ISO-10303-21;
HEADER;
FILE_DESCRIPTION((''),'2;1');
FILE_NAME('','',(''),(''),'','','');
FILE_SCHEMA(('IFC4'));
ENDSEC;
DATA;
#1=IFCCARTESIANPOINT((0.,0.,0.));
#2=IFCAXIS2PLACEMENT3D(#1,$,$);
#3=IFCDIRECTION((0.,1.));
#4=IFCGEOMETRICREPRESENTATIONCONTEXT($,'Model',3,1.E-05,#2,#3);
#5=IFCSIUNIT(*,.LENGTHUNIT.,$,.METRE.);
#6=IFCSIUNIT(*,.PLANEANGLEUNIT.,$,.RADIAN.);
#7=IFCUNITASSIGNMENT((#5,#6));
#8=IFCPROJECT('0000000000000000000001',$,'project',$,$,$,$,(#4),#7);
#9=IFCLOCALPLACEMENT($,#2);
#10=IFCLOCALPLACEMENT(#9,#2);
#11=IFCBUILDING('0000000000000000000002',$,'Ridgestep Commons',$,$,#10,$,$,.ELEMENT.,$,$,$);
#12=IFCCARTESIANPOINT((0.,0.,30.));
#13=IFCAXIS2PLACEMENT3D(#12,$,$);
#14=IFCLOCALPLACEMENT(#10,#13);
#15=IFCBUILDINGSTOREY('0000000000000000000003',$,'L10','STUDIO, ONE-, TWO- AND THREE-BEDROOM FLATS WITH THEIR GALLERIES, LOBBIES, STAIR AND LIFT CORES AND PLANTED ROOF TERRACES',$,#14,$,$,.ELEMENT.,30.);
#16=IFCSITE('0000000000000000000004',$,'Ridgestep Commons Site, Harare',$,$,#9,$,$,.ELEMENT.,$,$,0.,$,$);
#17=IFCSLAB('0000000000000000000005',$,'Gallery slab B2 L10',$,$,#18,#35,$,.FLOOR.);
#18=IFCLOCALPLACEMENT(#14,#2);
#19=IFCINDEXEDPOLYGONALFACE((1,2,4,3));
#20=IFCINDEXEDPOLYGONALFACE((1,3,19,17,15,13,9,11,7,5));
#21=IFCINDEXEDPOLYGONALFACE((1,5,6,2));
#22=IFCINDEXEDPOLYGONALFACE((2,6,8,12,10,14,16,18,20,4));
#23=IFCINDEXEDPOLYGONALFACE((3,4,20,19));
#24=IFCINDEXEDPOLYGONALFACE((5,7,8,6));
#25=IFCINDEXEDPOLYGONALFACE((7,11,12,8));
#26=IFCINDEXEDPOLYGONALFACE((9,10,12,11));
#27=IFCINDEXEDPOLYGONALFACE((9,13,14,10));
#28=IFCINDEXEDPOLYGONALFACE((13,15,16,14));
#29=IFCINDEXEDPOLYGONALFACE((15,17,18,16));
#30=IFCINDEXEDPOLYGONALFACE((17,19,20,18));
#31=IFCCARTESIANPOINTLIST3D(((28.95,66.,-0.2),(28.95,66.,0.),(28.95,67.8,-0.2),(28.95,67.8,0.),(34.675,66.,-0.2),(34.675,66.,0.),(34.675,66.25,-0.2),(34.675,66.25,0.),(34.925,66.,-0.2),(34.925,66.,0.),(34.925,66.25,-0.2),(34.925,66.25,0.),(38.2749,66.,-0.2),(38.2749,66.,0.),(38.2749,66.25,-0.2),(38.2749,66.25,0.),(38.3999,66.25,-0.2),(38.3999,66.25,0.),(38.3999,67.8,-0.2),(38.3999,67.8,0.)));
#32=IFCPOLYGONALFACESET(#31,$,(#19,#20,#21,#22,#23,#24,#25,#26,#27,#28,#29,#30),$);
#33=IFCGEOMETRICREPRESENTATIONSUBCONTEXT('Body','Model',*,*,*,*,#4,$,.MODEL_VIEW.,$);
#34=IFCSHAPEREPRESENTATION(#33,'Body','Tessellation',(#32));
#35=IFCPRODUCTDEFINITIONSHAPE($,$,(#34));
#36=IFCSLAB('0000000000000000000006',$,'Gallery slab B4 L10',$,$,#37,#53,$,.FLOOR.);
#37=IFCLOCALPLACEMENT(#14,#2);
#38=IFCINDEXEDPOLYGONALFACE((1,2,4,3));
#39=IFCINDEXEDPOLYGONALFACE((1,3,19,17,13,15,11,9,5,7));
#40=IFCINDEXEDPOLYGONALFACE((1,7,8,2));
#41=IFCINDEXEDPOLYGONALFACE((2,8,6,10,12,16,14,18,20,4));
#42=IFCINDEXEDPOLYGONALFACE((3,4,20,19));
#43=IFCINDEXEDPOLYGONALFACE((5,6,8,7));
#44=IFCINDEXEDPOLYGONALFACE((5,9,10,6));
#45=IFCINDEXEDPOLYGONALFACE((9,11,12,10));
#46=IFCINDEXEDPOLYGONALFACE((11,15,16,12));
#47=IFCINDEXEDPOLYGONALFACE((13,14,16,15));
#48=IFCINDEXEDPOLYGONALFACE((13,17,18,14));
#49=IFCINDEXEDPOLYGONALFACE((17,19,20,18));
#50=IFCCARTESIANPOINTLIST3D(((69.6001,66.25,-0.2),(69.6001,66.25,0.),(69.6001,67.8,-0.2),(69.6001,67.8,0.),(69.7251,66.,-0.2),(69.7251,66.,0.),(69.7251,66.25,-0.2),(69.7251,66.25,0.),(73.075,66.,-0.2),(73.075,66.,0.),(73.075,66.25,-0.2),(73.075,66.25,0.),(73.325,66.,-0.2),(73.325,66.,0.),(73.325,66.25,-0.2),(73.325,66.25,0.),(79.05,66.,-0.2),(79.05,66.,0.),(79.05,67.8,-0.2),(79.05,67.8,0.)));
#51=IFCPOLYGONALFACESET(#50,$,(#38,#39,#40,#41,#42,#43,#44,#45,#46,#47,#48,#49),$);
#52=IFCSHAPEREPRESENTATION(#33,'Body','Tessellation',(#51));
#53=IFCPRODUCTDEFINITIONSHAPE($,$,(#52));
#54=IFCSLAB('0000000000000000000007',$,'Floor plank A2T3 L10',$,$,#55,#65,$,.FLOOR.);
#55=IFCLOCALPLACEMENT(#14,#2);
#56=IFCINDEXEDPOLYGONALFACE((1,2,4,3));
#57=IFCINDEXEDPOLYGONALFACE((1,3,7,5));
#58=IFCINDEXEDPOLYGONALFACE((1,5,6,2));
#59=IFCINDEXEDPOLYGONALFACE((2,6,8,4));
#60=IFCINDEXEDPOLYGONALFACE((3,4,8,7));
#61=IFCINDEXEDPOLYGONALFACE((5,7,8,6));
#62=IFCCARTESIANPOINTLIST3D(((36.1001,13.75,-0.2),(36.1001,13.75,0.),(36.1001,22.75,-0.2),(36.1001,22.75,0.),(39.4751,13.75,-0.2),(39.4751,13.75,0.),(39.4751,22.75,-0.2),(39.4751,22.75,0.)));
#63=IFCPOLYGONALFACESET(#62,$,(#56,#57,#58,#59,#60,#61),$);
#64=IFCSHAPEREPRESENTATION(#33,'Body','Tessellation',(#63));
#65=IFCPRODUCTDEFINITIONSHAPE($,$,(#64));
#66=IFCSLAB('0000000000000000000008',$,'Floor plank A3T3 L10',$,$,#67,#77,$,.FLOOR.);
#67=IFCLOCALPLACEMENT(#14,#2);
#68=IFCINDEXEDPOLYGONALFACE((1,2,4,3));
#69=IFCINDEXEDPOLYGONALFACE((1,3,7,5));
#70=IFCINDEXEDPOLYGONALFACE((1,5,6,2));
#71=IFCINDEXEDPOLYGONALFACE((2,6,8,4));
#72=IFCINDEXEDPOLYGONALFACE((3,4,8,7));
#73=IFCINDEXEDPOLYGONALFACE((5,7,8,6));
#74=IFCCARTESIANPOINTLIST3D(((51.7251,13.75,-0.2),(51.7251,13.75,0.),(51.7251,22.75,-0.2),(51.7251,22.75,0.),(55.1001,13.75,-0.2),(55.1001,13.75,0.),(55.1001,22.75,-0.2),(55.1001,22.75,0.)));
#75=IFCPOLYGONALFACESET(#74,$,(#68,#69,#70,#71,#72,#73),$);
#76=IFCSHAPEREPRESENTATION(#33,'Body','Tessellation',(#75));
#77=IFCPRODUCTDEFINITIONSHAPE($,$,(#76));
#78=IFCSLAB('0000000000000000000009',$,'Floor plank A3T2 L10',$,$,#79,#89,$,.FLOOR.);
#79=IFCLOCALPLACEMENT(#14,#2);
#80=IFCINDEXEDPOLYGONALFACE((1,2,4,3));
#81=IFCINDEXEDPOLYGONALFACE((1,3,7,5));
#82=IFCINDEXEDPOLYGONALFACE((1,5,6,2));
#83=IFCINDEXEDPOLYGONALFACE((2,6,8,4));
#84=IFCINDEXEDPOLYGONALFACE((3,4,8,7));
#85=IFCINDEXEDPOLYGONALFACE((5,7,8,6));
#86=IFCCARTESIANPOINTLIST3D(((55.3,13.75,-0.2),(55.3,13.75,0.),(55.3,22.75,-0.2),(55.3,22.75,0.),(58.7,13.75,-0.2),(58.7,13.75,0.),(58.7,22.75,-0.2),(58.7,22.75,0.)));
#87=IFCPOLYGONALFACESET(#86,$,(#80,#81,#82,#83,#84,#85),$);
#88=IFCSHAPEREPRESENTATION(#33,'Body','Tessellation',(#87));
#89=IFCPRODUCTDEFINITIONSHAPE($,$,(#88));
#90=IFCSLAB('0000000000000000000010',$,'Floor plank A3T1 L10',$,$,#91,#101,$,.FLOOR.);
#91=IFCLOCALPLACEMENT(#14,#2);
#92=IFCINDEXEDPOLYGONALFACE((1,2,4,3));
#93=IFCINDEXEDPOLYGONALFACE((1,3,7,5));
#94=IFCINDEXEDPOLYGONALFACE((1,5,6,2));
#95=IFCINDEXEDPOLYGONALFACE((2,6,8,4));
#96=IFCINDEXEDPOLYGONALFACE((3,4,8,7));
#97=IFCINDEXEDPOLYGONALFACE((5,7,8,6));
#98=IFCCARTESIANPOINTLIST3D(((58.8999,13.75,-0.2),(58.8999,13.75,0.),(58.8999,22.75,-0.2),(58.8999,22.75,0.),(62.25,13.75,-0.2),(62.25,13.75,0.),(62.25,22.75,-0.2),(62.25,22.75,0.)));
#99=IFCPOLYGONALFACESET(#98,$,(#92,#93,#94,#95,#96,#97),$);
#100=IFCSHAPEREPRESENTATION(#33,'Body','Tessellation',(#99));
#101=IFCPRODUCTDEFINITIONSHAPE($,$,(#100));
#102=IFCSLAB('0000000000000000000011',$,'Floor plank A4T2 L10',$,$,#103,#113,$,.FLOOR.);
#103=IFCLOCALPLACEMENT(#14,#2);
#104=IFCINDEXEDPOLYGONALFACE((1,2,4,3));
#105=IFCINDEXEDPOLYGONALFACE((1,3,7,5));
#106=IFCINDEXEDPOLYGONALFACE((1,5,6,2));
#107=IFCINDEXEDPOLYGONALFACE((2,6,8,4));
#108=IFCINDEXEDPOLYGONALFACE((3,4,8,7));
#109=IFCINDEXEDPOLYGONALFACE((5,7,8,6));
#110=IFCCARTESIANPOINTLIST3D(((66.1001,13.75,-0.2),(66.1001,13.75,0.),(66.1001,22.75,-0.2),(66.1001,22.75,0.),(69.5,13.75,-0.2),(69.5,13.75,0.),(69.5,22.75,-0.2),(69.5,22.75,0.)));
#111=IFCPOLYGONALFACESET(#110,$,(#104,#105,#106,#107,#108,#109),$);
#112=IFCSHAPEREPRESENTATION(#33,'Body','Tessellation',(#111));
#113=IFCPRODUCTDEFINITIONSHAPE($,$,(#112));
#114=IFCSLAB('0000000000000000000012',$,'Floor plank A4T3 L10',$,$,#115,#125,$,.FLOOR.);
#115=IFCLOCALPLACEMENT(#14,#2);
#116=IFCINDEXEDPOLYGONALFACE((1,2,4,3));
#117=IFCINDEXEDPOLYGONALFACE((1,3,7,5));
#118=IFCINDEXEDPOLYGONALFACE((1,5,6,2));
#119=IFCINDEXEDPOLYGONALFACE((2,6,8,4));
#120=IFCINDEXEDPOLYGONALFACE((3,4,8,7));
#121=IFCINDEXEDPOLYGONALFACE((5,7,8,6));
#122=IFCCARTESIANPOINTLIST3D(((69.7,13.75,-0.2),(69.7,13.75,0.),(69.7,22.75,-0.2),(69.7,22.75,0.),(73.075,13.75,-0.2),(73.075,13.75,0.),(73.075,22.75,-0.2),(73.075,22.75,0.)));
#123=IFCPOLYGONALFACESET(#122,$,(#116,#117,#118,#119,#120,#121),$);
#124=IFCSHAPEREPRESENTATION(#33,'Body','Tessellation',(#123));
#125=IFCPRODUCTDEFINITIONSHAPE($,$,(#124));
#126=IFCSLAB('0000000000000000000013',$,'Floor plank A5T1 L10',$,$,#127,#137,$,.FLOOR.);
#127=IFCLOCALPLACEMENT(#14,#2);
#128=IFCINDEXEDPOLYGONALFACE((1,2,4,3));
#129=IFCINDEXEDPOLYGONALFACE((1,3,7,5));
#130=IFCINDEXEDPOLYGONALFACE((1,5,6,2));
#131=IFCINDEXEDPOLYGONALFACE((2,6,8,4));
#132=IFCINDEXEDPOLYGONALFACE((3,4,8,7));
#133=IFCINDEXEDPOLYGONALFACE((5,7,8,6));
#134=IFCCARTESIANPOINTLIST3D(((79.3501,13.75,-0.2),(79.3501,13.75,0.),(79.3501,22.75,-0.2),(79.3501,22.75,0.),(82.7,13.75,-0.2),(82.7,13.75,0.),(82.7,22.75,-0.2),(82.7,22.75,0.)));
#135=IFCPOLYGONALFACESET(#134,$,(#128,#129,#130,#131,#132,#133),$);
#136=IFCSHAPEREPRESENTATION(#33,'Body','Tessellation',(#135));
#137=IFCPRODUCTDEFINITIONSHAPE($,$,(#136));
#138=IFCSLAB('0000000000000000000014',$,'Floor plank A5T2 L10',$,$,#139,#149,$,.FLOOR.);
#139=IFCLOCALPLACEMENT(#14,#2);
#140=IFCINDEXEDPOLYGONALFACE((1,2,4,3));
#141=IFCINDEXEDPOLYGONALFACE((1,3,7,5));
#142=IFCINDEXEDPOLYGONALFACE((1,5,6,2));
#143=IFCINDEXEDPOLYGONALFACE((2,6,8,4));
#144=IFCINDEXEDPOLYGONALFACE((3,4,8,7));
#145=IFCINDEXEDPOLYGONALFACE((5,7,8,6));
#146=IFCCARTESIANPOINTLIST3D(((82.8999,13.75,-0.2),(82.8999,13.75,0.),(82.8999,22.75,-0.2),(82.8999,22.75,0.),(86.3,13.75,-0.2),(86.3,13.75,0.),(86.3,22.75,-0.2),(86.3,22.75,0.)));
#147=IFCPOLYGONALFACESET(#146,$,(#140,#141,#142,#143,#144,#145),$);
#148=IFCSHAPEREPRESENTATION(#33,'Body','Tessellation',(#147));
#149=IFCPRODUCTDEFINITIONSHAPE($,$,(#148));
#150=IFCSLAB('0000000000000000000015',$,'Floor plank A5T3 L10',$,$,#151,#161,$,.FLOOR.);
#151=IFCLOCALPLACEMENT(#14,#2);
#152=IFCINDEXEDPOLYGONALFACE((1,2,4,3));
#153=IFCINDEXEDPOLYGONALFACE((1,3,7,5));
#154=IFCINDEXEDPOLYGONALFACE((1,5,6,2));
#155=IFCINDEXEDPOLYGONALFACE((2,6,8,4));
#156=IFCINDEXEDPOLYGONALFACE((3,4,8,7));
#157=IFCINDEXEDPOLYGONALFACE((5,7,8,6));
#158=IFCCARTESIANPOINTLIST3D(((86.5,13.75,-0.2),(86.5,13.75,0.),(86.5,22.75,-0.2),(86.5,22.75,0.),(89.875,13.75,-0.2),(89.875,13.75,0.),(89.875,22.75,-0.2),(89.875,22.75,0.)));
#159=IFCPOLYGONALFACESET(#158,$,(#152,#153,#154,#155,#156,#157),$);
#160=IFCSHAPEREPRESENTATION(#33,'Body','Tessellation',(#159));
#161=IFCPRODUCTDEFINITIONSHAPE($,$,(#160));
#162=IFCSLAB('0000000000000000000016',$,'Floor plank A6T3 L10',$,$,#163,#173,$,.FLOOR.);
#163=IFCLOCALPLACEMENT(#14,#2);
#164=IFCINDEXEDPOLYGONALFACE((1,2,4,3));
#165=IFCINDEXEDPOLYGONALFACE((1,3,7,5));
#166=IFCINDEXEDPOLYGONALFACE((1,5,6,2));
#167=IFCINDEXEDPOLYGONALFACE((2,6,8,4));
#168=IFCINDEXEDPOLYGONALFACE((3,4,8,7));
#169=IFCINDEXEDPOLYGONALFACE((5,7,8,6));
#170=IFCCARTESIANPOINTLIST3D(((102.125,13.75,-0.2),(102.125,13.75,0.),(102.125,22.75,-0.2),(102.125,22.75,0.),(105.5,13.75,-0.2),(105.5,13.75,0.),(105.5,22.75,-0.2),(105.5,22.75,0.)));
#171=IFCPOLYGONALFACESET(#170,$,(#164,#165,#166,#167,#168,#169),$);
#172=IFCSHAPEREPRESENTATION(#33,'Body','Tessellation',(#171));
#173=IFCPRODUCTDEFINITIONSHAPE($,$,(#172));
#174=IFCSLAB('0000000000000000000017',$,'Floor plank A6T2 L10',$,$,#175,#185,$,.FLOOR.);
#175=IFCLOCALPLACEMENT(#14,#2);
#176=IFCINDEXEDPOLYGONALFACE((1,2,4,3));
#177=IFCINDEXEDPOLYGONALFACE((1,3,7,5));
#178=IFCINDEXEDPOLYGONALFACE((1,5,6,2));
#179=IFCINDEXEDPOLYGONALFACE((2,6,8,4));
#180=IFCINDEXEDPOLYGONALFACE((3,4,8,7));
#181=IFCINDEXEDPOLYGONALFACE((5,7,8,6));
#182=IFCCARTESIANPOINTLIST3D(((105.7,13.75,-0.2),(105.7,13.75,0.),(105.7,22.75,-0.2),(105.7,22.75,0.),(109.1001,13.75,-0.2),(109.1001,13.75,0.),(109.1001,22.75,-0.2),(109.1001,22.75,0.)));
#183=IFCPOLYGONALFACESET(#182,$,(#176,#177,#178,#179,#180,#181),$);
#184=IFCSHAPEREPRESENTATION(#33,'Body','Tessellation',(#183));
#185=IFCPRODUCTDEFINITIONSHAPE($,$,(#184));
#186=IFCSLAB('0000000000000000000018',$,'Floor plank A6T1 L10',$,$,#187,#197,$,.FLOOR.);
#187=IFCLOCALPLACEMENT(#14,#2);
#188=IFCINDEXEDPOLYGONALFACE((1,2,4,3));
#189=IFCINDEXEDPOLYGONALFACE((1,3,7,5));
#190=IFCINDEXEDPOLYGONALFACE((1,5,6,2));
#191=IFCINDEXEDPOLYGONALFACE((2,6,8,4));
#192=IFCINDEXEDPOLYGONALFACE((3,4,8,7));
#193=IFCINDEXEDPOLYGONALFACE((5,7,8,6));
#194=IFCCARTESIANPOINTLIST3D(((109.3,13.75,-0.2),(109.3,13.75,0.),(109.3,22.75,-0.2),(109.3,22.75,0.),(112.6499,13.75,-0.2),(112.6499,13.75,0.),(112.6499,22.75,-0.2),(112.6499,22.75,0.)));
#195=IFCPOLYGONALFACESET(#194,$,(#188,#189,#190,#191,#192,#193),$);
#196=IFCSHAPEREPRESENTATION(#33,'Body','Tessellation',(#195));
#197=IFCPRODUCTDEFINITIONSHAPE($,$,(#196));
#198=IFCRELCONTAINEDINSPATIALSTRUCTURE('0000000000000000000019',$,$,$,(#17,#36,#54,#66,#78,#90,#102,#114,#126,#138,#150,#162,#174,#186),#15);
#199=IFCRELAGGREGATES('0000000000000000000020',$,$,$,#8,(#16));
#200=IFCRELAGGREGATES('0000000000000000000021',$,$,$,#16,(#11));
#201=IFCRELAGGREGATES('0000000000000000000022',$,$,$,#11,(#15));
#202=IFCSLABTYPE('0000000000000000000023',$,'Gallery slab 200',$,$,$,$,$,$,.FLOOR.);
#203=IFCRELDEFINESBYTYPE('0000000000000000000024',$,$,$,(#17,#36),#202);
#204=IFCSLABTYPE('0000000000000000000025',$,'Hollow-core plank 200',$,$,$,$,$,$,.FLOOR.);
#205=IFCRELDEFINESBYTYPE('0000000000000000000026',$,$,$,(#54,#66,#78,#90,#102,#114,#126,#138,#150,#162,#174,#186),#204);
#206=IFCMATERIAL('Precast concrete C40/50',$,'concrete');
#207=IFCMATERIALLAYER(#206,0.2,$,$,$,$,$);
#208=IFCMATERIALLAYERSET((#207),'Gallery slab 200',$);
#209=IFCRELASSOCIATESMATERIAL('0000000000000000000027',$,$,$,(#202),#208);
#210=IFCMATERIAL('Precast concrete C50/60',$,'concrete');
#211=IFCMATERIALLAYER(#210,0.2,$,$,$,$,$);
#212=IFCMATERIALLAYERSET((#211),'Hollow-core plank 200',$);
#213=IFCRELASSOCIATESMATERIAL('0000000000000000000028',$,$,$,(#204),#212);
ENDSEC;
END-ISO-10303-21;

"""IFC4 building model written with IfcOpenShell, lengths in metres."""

from ifc_helpers import new_model, si_unit, direction, frame, origin, place, context, subcontext, project, spatial, polyline, outline, extrude, material, layer, layer_set, type_object, element, save


model = new_model("IFC4")

# Units and contexts
model_context = context("Model", 3, precision=1e-05, world=origin(), true_north=direction((0.0, 1.0)))
body_context = subcontext(model_context, "Body", "Model", "MODEL_VIEW")
ifc_project = project(units=[si_unit("LENGTHUNIT", "METRE"), si_unit("PLANEANGLEUNIT", "RADIAN")], contexts=[model_context])

# Site, building, storey
site_placement = place(None, origin())
site = spatial("IfcSite", under=ifc_project, at=site_placement, Name="Ridgestep Commons Site, Harare", CompositionType="ELEMENT", RefElevation=0.0)
building_placement = place(site_placement, origin())
building = spatial("IfcBuilding", under=site, at=building_placement, Name="Ridgestep Commons", CompositionType="ELEMENT")
storey_placement = place(building_placement, frame((0.0, 0.0, 30.0)))
storey = spatial("IfcBuildingStorey", under=building, at=storey_placement, Name="L10", Description="STUDIO, ONE-, TWO- AND THREE-BEDROOM FLATS WITH THEIR GALLERIES, LOBBIES, STAIR AND LIFT CORES AND PLANTED ROOF TERRACES", CompositionType="ELEMENT", Elevation=30.0)

# Slabs
ifc_material_1 = material(Name="Precast concrete C40/50", Category="concrete")
ifc_layer_1 = layer(ifc_material_1, 0.2)
ifc_layer_set_1 = layer_set([ifc_layer_1], Name="Gallery slab 200")
slab_type_1 = type_object("IfcSlabType", Name="Gallery slab 200", PredefinedType="FLOOR", material=ifc_layer_set_1)
slab_1_placement = place(storey_placement, frame((0.0, 0.0, -0.2)))
element("IfcSlab", 1, at=slab_1_placement, inside=storey, type_object=slab_type_1, Name="Gallery slab B2 L10", PredefinedType="FLOOR", context=body_context, shape_type="SweptSolid", body=[
    extrude(outline(polyline([(28.95, 67.8), (28.95, 66.0), (34.675, 66.0), (34.675, 66.25), (34.925, 66.25), (34.925, 66.0), (38.2749, 66.0), (38.2749, 66.25), (38.3999, 66.25), (38.3999, 67.8), (28.95, 67.8)])), origin(), (0.0, 0.0, 1.0), 0.2),
])
slab_2_placement = place(storey_placement, frame((0.0, 0.0, -0.2)))
element("IfcSlab", 2, at=slab_2_placement, inside=storey, type_object=slab_type_1, Name="Gallery slab B4 L10", PredefinedType="FLOOR", context=body_context, shape_type="SweptSolid", body=[
    extrude(outline(polyline([(79.05, 67.8), (69.6001, 67.8), (69.6001, 66.25), (69.7251, 66.25), (69.7251, 66.0), (73.075, 66.0), (73.075, 66.25), (73.325, 66.25), (73.325, 66.0), (79.05, 66.0), (79.05, 67.8)])), origin(), (0.0, 0.0, 1.0), 0.2),
])
ifc_material_2 = material(Name="Precast concrete C50/60", Category="concrete")
ifc_layer_2 = layer(ifc_material_2, 0.2)
ifc_layer_set_2 = layer_set([ifc_layer_2], Name="Hollow-core plank 200")
slab_type_2 = type_object("IfcSlabType", Name="Hollow-core plank 200", PredefinedType="FLOOR", material=ifc_layer_set_2)
slab_3_placement = place(storey_placement, frame((0.0, 0.0, -0.2)))
element("IfcSlab", 3, at=slab_3_placement, inside=storey, type_object=slab_type_2, Name="Floor plank A2T3 L10", PredefinedType="FLOOR", context=body_context, shape_type="SweptSolid", body=[
    extrude(outline(polyline([(39.4751, 13.75), (39.4751, 22.75), (36.1001, 22.75), (36.1001, 13.75), (39.4751, 13.75)])), origin(), (0.0, 0.0, 1.0), 0.2),
])
slab_4_placement = place(storey_placement, frame((0.0, 0.0, -0.2)))
element("IfcSlab", 4, at=slab_4_placement, inside=storey, type_object=slab_type_2, Name="Floor plank A3T3 L10", PredefinedType="FLOOR", context=body_context, shape_type="SweptSolid", body=[
    extrude(outline(polyline([(55.1001, 13.75), (55.1001, 22.75), (51.7251, 22.75), (51.7251, 13.75), (55.1001, 13.75)])), origin(), (0.0, 0.0, 1.0), 0.2),
])
slab_5_placement = place(storey_placement, frame((0.0, 0.0, -0.2)))
element("IfcSlab", 5, at=slab_5_placement, inside=storey, type_object=slab_type_2, Name="Floor plank A3T2 L10", PredefinedType="FLOOR", context=body_context, shape_type="SweptSolid", body=[
    extrude(outline(polyline([(58.7, 13.75), (58.7, 22.75), (55.3, 22.75), (55.3, 13.75), (58.7, 13.75)])), origin(), (0.0, 0.0, 1.0), 0.2),
])
slab_6_placement = place(storey_placement, frame((0.0, 0.0, -0.2)))
element("IfcSlab", 6, at=slab_6_placement, inside=storey, type_object=slab_type_2, Name="Floor plank A3T1 L10", PredefinedType="FLOOR", context=body_context, shape_type="SweptSolid", body=[
    extrude(outline(polyline([(62.25, 13.75), (62.25, 22.75), (58.8999, 22.75), (58.8999, 13.75), (62.25, 13.75)])), origin(), (0.0, 0.0, 1.0), 0.2),
])
slab_7_placement = place(storey_placement, frame((0.0, 0.0, -0.2)))
element("IfcSlab", 7, at=slab_7_placement, inside=storey, type_object=slab_type_2, Name="Floor plank A4T2 L10", PredefinedType="FLOOR", context=body_context, shape_type="SweptSolid", body=[
    extrude(outline(polyline([(69.5, 13.75), (69.5, 22.75), (66.1001, 22.75), (66.1001, 13.75), (69.5, 13.75)])), origin(), (0.0, 0.0, 1.0), 0.2),
])
slab_8_placement = place(storey_placement, frame((0.0, 0.0, -0.2)))
element("IfcSlab", 8, at=slab_8_placement, inside=storey, type_object=slab_type_2, Name="Floor plank A4T3 L10", PredefinedType="FLOOR", context=body_context, shape_type="SweptSolid", body=[
    extrude(outline(polyline([(73.075, 13.75), (73.075, 22.75), (69.7, 22.75), (69.7, 13.75), (73.075, 13.75)])), origin(), (0.0, 0.0, 1.0), 0.2),
])
slab_9_placement = place(storey_placement, frame((0.0, 0.0, -0.2)))
element("IfcSlab", 9, at=slab_9_placement, inside=storey, type_object=slab_type_2, Name="Floor plank A5T1 L10", PredefinedType="FLOOR", context=body_context, shape_type="SweptSolid", body=[
    extrude(outline(polyline([(82.7, 13.75), (82.7, 22.75), (79.3501, 22.75), (79.3501, 13.75), (82.7, 13.75)])), origin(), (0.0, 0.0, 1.0), 0.2),
])
slab_10_placement = place(storey_placement, frame((0.0, 0.0, -0.2)))
element("IfcSlab", 10, at=slab_10_placement, inside=storey, type_object=slab_type_2, Name="Floor plank A5T2 L10", PredefinedType="FLOOR", context=body_context, shape_type="SweptSolid", body=[
    extrude(outline(polyline([(86.3, 13.75), (86.3, 22.75), (82.8999, 22.75), (82.8999, 13.75), (86.3, 13.75)])), origin(), (0.0, 0.0, 1.0), 0.2),
])
slab_11_placement = place(storey_placement, frame((0.0, 0.0, -0.2)))
element("IfcSlab", 11, at=slab_11_placement, inside=storey, type_object=slab_type_2, Name="Floor plank A5T3 L10", PredefinedType="FLOOR", context=body_context, shape_type="SweptSolid", body=[
    extrude(outline(polyline([(89.875, 13.75), (89.875, 22.75), (86.5, 22.75), (86.5, 13.75), (89.875, 13.75)])), origin(), (0.0, 0.0, 1.0), 0.2),
])
slab_12_placement = place(storey_placement, frame((0.0, 0.0, -0.2)))
element("IfcSlab", 12, at=slab_12_placement, inside=storey, type_object=slab_type_2, Name="Floor plank A6T3 L10", PredefinedType="FLOOR", context=body_context, shape_type="SweptSolid", body=[
    extrude(outline(polyline([(105.5, 13.75), (105.5, 22.75), (102.125, 22.75), (102.125, 13.75), (105.5, 13.75)])), origin(), (0.0, 0.0, 1.0), 0.2),
])
slab_13_placement = place(storey_placement, frame((0.0, 0.0, -0.2)))
element("IfcSlab", 13, at=slab_13_placement, inside=storey, type_object=slab_type_2, Name="Floor plank A6T2 L10", PredefinedType="FLOOR", context=body_context, shape_type="SweptSolid", body=[
    extrude(outline(polyline([(109.1001, 13.75), (109.1001, 22.75), (105.7, 22.75), (105.7, 13.75), (109.1001, 13.75)])), origin(), (0.0, 0.0, 1.0), 0.2),
])
slab_14_placement = place(storey_placement, frame((0.0, 0.0, -0.2)))
element("IfcSlab", 14, at=slab_14_placement, inside=storey, type_object=slab_type_2, Name="Floor plank A6T1 L10", PredefinedType="FLOOR", context=body_context, shape_type="SweptSolid", body=[
    extrude(outline(polyline([(112.6499, 13.75), (112.6499, 22.75), (109.3, 22.75), (109.3, 13.75), (112.6499, 13.75)])), origin(), (0.0, 0.0, 1.0), 0.2),
])

save(model, "model.ifc")
